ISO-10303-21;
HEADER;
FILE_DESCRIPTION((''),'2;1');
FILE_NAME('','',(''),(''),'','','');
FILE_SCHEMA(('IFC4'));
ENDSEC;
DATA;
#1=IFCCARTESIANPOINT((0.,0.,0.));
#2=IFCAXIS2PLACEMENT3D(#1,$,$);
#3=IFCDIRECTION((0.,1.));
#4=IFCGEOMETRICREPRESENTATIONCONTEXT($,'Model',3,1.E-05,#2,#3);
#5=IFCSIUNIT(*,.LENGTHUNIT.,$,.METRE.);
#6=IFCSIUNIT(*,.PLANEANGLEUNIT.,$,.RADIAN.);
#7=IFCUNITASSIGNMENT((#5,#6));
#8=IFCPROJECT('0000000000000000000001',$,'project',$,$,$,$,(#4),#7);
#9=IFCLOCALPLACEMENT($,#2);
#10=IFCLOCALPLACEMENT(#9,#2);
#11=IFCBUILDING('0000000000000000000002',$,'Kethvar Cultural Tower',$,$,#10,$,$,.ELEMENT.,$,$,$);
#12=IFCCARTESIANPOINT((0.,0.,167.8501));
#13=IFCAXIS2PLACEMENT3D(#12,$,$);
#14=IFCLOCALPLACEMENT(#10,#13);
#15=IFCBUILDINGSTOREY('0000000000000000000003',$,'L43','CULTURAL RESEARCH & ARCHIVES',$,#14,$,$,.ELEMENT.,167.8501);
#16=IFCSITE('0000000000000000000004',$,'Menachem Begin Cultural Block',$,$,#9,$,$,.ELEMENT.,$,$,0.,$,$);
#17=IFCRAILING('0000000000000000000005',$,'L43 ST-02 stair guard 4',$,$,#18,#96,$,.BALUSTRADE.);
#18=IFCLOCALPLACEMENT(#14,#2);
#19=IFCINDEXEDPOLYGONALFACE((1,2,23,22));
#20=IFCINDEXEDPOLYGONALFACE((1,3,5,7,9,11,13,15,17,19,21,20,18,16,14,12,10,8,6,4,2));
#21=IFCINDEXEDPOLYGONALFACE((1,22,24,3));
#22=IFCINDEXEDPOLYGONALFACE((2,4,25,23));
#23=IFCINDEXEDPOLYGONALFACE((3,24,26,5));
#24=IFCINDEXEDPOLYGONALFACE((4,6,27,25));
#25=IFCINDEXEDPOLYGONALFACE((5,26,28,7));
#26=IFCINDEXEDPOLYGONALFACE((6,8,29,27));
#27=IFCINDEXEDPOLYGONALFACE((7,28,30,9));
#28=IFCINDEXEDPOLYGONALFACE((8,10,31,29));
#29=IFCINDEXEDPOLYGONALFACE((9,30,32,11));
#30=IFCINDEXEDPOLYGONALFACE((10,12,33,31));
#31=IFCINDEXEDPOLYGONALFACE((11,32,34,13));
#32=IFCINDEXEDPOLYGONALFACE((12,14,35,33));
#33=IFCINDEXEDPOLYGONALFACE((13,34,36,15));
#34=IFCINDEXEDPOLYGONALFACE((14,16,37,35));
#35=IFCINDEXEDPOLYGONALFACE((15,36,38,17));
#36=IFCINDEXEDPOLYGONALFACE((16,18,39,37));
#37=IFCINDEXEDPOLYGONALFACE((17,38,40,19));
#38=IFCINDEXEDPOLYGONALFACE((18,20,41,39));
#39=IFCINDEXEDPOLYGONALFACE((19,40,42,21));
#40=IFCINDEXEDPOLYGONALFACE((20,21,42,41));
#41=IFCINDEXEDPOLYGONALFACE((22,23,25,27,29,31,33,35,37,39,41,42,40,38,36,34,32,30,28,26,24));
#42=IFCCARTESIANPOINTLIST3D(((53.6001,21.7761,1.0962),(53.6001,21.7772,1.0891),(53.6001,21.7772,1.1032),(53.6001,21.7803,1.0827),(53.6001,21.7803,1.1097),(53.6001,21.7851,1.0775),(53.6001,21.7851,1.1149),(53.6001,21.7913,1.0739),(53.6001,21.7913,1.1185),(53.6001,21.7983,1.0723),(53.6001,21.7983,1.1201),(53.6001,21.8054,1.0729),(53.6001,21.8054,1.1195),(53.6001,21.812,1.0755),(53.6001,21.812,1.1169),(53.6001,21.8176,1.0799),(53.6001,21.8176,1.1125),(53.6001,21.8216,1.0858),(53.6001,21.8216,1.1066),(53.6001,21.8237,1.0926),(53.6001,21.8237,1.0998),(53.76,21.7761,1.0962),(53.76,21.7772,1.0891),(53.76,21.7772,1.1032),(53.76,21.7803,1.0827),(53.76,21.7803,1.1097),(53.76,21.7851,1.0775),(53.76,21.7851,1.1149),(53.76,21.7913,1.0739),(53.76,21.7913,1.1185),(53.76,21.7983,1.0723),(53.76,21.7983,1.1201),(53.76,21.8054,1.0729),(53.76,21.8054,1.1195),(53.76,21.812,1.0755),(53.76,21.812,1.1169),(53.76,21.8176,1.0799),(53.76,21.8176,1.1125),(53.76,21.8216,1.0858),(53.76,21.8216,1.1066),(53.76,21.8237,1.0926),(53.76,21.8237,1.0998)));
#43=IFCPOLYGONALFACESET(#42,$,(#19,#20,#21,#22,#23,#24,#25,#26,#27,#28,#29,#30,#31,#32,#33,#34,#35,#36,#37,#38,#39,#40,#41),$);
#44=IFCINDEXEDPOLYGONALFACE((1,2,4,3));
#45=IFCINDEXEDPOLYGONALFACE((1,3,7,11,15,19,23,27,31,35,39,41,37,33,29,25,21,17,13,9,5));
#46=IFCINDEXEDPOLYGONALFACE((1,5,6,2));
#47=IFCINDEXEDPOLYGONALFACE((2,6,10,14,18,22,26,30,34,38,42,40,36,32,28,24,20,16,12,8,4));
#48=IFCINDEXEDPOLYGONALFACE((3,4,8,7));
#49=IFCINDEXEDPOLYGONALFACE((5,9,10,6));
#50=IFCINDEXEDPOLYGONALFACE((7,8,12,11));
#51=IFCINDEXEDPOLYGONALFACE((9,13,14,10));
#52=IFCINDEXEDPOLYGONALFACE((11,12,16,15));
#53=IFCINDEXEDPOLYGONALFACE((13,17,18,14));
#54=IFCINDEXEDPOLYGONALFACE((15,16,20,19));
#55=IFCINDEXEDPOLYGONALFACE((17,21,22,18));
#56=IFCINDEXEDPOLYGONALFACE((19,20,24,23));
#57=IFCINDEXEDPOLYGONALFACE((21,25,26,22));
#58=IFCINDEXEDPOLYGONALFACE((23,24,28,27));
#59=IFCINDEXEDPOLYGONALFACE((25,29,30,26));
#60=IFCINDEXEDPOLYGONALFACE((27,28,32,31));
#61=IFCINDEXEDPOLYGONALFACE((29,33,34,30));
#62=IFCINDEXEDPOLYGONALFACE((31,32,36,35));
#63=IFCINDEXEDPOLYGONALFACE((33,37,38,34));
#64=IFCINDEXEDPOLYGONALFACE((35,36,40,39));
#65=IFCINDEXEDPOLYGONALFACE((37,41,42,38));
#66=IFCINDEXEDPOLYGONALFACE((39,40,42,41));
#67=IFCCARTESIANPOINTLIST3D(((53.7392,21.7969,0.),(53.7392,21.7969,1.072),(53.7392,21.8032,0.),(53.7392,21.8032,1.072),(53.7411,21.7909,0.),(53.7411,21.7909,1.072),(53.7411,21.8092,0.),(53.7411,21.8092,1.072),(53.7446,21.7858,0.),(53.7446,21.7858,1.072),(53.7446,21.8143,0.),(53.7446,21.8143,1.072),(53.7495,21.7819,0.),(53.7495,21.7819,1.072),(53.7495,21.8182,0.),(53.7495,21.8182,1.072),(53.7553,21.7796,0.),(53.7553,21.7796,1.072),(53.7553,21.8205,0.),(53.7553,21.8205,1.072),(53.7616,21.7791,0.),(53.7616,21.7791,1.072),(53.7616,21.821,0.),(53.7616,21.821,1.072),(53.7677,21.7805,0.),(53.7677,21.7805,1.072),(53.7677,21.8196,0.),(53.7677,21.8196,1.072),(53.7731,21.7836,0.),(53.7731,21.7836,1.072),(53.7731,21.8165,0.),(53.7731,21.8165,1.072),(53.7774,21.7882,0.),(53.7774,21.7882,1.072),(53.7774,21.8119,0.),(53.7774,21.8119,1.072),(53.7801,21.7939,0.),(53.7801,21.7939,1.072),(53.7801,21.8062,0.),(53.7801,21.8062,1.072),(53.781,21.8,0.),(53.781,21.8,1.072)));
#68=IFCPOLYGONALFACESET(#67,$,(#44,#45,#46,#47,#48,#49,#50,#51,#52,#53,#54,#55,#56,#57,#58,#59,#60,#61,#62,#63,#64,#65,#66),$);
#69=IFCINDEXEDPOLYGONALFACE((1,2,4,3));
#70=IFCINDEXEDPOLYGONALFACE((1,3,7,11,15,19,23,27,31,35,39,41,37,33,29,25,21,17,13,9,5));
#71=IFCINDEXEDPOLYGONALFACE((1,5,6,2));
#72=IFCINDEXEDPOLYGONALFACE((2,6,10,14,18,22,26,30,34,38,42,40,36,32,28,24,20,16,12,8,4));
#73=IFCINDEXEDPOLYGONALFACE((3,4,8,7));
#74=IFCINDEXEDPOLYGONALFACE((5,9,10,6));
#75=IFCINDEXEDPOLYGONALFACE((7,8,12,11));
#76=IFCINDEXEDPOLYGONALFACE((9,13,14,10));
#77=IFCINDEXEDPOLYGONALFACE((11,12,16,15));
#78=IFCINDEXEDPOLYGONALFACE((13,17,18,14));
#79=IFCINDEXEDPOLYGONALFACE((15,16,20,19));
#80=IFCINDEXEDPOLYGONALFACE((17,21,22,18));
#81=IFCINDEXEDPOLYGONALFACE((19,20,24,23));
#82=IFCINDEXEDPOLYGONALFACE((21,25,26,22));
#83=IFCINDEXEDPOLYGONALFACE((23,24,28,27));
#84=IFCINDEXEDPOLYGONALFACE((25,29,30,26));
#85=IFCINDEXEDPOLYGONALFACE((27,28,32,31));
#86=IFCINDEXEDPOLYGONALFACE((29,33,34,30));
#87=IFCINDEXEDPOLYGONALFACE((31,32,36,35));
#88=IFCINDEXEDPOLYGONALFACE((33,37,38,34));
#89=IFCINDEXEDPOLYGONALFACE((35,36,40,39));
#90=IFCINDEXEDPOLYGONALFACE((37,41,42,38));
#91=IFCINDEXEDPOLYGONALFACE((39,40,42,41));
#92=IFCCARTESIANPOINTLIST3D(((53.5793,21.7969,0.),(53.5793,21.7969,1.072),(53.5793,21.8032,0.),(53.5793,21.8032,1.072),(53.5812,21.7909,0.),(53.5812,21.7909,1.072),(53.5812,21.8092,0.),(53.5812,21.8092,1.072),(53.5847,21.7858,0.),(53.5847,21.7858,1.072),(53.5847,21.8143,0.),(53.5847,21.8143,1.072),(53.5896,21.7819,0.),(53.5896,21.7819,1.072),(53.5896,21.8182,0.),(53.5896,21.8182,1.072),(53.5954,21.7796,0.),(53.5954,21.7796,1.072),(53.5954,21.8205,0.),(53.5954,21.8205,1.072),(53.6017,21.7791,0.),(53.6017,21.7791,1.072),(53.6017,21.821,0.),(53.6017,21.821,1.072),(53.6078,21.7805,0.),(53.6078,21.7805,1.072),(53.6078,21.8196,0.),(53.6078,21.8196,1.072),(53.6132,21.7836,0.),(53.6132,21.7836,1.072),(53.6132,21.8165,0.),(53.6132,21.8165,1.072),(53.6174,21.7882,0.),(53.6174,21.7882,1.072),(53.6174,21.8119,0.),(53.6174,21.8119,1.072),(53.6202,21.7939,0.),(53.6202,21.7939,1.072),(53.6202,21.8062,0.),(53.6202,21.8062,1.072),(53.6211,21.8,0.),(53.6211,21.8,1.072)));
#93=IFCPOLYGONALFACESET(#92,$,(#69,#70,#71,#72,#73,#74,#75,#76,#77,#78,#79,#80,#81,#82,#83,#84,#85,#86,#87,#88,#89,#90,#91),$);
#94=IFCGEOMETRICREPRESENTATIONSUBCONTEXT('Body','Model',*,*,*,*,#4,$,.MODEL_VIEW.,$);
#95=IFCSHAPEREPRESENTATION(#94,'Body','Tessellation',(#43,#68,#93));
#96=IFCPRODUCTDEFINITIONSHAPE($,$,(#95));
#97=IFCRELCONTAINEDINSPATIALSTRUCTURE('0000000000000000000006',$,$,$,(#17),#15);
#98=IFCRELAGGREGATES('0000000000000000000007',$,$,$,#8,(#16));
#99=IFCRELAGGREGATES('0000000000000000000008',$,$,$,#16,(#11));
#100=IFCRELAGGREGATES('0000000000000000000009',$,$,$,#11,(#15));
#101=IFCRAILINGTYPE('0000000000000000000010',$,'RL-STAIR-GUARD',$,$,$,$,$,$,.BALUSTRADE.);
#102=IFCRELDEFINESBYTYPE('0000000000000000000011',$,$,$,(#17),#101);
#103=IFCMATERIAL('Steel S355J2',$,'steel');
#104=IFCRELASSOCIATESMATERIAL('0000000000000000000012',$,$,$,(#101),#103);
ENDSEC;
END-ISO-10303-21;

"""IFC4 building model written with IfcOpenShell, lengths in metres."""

from ifc_helpers import new_model, si_unit, direction, frame, origin, origin_2d, place, context, subcontext, project, spatial, circle, extrude, material, type_object, element, save


model = new_model("IFC4")

# Units and contexts
model_context = context("Model", 3, precision=1e-05, world=origin(), true_north=direction((0.0, 1.0)))
body_context = subcontext(model_context, "Body", "Model", "MODEL_VIEW")
ifc_project = project(units=[si_unit("LENGTHUNIT", "METRE"), si_unit("PLANEANGLEUNIT", "RADIAN")], contexts=[model_context])

# Site, building, storey
site_placement = place(None, origin())
site = spatial("IfcSite", under=ifc_project, at=site_placement, Name="Menachem Begin Cultural Block", CompositionType="ELEMENT", RefElevation=0.0)
building_placement = place(site_placement, origin())
building = spatial("IfcBuilding", under=site, at=building_placement, Name="Kethvar Cultural Tower", CompositionType="ELEMENT")
storey_placement = place(building_placement, frame((0.0, 0.0, 167.8501)))
storey = spatial("IfcBuildingStorey", under=building, at=storey_placement, Name="L43", Description="CULTURAL RESEARCH & ARCHIVES", CompositionType="ELEMENT", Elevation=167.8501)

# Shared definitions
ifc_material_1 = material(Name="Steel S355J2", Category="steel")

# Railing
railing_type_1 = type_object("IfcRailingType", Name="RL-STAIR-GUARD", PredefinedType="BALUSTRADE", material=ifc_material_1)
railing_1_placement = place(storey_placement, frame((53.76, 21.8, 0.0)))
element("IfcRailing", 1, at=railing_1_placement, inside=storey, type_object=railing_type_1, Name="L43 ST-02 stair guard 4", PredefinedType="BALUSTRADE", context=body_context, shape_type="SweptSolid", body=[
    extrude(circle(Radius=0.0239, at=origin_2d()), frame((0.0, 0.0, 1.0962), z_axis=(-1.0, 0.0, 0.0), x_axis=(0.0, -1.0, 0.0)), (0.0, 0.0, 1.0), 0.1599),
    extrude(circle(Radius=0.021, at=origin_2d()), origin(), (0.0, 0.0, 1.0), 1.072),
    extrude(circle(Radius=0.021, at=origin_2d()), frame((-0.1599, 0.0, 0.0)), (0.0, 0.0, 1.0), 1.072),
])

save(model, "model.ifc")
